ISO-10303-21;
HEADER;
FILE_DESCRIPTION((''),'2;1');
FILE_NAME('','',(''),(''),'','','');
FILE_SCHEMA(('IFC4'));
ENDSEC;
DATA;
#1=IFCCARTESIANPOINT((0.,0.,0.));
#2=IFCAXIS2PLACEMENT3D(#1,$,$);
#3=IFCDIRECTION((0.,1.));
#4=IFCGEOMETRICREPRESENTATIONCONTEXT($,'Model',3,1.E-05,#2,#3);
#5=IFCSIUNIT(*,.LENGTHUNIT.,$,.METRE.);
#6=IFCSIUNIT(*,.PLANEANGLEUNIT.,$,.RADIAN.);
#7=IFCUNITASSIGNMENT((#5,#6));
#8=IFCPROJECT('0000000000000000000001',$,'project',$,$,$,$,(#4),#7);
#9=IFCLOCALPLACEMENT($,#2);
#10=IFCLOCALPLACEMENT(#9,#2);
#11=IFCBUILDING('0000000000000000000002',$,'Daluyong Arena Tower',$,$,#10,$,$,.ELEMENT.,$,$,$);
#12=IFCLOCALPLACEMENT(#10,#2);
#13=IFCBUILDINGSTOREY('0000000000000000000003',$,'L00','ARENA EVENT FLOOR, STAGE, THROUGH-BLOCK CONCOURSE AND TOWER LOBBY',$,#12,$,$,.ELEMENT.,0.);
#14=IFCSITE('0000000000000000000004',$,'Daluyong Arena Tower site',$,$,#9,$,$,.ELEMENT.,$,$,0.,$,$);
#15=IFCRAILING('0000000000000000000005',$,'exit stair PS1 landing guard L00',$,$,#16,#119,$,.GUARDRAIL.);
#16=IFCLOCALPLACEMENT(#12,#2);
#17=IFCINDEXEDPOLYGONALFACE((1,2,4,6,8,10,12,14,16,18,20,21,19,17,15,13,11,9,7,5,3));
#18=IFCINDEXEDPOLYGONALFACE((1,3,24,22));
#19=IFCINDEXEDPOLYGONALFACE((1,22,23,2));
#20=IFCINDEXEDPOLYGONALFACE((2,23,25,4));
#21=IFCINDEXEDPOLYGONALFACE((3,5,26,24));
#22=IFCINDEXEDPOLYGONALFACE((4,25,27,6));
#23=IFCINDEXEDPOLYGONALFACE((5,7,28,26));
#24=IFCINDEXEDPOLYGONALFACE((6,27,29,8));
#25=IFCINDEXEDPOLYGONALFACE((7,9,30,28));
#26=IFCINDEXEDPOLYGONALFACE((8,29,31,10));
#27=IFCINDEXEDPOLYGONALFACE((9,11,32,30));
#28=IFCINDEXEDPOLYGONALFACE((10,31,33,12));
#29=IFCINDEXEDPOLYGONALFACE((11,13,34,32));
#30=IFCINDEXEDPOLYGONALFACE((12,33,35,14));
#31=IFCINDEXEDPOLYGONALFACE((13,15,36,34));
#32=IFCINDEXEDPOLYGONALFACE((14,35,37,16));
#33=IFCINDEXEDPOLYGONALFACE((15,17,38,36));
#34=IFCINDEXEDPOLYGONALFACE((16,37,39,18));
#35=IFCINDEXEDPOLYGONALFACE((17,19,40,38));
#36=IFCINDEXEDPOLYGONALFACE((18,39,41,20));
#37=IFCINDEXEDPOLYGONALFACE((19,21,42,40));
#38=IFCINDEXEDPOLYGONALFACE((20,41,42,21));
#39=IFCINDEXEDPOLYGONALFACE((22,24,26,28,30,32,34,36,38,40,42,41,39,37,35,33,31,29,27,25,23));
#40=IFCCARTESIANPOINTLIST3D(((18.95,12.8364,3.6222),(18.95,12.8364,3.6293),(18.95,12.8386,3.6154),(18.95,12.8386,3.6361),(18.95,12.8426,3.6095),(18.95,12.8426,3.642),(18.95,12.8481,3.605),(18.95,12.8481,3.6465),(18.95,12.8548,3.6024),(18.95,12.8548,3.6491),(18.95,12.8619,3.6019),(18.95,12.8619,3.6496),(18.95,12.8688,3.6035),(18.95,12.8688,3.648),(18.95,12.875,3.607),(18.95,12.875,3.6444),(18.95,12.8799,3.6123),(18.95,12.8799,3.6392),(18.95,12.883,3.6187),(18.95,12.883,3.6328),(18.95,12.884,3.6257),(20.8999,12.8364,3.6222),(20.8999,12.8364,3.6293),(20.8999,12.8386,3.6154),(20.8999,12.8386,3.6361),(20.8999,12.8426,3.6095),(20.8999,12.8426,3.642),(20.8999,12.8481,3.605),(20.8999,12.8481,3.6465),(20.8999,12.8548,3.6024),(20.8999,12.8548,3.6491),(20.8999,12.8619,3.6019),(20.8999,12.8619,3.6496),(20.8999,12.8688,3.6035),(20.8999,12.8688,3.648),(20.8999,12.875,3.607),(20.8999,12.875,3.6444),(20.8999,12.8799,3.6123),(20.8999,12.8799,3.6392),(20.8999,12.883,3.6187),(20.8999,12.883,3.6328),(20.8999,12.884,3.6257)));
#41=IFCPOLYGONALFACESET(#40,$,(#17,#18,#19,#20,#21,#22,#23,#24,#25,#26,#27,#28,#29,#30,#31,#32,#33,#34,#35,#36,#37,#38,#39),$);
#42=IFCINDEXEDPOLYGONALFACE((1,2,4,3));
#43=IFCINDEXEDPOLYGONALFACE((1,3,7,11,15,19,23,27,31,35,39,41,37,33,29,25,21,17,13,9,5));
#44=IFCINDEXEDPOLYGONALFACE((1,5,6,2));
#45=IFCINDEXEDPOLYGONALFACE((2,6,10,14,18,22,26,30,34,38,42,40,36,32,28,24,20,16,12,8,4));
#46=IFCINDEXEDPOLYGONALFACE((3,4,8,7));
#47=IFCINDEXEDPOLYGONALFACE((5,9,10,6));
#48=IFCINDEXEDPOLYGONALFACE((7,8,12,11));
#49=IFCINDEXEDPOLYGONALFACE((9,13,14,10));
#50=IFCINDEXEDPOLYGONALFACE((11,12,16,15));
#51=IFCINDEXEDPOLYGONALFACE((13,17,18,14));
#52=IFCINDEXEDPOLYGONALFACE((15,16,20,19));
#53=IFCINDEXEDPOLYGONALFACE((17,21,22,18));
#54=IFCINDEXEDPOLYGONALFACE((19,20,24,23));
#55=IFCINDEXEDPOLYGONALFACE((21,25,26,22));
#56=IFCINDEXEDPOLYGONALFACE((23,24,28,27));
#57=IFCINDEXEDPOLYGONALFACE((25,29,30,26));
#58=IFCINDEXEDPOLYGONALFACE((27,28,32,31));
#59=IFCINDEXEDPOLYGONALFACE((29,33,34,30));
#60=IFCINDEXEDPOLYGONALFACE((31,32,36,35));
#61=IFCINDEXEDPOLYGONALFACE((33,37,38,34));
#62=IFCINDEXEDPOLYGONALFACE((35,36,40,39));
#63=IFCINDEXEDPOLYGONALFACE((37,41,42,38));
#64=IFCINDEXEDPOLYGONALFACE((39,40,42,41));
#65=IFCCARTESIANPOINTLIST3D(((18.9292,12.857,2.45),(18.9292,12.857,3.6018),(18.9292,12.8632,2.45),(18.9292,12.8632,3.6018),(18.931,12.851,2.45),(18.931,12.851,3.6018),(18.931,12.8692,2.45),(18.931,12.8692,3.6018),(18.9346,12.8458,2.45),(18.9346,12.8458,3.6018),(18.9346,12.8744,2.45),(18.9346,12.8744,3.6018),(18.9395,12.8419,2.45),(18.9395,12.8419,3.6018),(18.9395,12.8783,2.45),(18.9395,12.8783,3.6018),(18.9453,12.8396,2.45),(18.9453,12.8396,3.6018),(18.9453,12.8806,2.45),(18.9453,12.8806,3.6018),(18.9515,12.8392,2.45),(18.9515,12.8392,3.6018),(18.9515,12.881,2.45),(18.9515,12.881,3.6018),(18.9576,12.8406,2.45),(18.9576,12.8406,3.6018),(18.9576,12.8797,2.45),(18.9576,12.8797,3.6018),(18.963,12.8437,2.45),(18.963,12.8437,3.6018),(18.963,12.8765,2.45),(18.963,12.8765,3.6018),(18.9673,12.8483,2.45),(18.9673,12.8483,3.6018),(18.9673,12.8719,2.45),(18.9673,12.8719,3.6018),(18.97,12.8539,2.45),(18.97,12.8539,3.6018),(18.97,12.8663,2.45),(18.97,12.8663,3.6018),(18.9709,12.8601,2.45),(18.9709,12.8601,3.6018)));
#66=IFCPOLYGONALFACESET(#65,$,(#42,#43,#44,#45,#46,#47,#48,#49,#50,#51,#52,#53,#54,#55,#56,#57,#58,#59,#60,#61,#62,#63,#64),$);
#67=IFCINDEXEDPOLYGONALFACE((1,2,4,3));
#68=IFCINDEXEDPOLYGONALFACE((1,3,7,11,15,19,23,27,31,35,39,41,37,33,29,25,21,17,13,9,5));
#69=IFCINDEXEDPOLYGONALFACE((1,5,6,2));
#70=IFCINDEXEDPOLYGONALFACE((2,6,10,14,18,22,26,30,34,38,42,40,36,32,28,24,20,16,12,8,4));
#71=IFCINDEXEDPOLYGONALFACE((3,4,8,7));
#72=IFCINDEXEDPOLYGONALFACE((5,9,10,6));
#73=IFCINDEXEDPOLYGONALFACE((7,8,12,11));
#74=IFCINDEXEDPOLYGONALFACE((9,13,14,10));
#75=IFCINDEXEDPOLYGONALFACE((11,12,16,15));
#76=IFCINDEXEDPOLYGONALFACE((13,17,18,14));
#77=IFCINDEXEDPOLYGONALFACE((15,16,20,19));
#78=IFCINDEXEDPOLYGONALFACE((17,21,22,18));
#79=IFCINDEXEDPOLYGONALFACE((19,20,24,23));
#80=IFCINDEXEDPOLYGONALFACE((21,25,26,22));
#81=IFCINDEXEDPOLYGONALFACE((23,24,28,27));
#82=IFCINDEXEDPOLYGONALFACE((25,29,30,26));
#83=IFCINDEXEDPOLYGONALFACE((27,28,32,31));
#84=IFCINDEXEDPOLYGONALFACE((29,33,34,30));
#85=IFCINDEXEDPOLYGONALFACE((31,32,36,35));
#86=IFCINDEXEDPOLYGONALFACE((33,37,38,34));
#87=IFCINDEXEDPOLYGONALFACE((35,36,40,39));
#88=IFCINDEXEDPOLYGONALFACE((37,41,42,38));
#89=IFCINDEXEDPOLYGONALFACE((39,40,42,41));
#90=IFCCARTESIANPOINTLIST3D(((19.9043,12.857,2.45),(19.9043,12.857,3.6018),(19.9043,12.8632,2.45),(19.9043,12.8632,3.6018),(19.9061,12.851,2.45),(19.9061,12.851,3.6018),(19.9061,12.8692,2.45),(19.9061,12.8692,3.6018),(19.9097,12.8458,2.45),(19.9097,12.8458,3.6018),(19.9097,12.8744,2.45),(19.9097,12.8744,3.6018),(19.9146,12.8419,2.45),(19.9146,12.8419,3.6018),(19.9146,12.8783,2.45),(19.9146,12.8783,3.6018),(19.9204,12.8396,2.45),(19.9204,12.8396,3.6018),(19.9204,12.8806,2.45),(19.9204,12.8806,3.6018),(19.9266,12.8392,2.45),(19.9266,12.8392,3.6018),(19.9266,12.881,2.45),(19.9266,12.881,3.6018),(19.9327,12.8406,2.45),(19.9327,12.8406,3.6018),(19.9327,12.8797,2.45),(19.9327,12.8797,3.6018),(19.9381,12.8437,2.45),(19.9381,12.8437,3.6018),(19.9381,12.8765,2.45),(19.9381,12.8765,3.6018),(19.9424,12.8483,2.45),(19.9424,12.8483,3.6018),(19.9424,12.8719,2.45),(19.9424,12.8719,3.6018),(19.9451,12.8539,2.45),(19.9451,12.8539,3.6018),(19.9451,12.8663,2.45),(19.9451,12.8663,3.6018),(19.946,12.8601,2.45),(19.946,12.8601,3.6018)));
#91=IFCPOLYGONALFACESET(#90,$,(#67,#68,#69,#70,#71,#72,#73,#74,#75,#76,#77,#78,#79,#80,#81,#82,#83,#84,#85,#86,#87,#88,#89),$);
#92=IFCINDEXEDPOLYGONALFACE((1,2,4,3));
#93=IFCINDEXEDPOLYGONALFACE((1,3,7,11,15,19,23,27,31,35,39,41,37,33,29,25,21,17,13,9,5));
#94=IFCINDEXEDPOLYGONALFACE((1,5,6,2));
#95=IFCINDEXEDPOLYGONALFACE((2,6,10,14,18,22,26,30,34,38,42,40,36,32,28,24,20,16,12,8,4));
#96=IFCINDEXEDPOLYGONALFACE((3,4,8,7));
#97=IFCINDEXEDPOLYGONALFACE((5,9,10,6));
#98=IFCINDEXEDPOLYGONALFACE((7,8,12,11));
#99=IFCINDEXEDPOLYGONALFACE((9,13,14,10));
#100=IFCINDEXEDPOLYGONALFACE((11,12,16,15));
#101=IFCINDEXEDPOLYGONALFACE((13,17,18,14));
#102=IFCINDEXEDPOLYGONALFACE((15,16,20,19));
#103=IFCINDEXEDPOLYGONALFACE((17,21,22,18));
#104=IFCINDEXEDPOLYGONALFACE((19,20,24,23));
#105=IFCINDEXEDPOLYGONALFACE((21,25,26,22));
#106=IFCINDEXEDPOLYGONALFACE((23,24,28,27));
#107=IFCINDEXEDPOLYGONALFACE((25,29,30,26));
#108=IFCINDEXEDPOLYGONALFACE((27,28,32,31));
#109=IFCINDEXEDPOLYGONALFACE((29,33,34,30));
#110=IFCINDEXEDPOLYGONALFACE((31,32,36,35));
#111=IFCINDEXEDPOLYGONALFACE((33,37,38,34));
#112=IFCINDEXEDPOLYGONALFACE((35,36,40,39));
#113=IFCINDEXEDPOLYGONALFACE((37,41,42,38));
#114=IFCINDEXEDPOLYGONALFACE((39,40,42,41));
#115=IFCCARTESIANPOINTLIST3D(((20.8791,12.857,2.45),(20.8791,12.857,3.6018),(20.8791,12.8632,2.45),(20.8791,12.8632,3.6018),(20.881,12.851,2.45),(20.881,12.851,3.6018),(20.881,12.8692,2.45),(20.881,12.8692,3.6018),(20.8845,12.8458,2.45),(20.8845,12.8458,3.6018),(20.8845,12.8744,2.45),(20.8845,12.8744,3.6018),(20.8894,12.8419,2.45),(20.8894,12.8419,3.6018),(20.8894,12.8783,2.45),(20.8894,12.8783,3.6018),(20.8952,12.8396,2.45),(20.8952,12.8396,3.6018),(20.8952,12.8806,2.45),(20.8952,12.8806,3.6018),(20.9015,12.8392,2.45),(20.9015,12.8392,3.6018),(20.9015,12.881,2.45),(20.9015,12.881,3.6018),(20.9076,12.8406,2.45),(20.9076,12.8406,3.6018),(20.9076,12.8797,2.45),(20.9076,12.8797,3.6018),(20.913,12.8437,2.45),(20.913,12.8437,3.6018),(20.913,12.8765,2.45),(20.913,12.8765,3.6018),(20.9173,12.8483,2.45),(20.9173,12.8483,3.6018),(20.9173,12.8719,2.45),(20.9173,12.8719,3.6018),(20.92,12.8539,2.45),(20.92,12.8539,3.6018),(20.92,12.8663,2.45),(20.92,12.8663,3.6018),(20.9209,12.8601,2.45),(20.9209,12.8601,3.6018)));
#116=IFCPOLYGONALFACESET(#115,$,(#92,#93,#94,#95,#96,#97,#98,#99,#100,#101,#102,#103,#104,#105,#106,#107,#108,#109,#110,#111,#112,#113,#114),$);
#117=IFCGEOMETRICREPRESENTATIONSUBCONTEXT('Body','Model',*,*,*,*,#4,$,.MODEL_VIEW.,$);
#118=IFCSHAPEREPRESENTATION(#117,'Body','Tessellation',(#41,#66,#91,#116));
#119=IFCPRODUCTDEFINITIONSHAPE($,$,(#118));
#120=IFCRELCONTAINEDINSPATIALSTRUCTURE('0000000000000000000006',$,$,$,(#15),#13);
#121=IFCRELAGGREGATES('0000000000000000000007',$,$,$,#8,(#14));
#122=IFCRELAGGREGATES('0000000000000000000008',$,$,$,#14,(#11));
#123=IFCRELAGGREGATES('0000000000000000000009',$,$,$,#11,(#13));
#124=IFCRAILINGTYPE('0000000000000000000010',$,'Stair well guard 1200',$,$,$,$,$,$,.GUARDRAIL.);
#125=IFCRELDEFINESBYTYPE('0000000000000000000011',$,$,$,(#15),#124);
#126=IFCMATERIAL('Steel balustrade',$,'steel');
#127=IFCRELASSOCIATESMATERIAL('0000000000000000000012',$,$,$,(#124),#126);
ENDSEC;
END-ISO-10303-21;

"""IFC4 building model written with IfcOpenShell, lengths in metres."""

from ifc_helpers import new_model, si_unit, direction, frame, origin, origin_2d, place, context, subcontext, project, spatial, circle, extrude, material, type_object, element, save


model = new_model("IFC4")

# Units and contexts
model_context = context("Model", 3, precision=1e-05, world=origin(), true_north=direction((0.0, 1.0)))
body_context = subcontext(model_context, "Body", "Model", "MODEL_VIEW")
ifc_project = project(units=[si_unit("LENGTHUNIT", "METRE"), si_unit("PLANEANGLEUNIT", "RADIAN")], contexts=[model_context])

# Site, building, storey
site_placement = place(None, origin())
site = spatial("IfcSite", under=ifc_project, at=site_placement, Name="Daluyong Arena Tower site", CompositionType="ELEMENT", RefElevation=0.0)
building_placement = place(site_placement, origin())
building = spatial("IfcBuilding", under=site, at=building_placement, Name="Daluyong Arena Tower", CompositionType="ELEMENT")
storey_placement = place(building_placement, origin())
storey = spatial("IfcBuildingStorey", under=building, at=storey_placement, Name="L00", Description="ARENA EVENT FLOOR, STAGE, THROUGH-BLOCK CONCOURSE AND TOWER LOBBY", CompositionType="ELEMENT", Elevation=0.0)

# Railing
ifc_material_1 = material(Name="Steel balustrade", Category="steel")
railing_type_1 = type_object("IfcRailingType", Name="Stair well guard 1200", PredefinedType="GUARDRAIL", material=ifc_material_1)
railing_1_placement = place(storey_placement, frame((18.95, 12.8601, 2.45)))
element("IfcRailing", 1, at=railing_1_placement, inside=storey, type_object=railing_type_1, Name="exit stair PS1 landing guard L00", PredefinedType="GUARDRAIL", context=body_context, shape_type="SweptSolid", body=[
    extrude(circle(Radius=0.0239, at=origin_2d()), frame((0.0, 0.0, 1.1758), z_axis=(1.0, 0.0, 0.0), x_axis=(0.0, 1.0, 0.0)), (0.0, 0.0, 1.0), 1.95),
    extrude(circle(Radius=0.021, at=origin_2d()), origin(), (0.0, 0.0, 1.0), 1.1519),
    extrude(circle(Radius=0.021, at=origin_2d()), frame((0.9751, 0.0, 0.0)), (0.0, 0.0, 1.0), 1.1519),
    extrude(circle(Radius=0.021, at=origin_2d()), frame((1.95, 0.0, 0.0)), (0.0, 0.0, 1.0), 1.1519),
])

save(model, "model.ifc")
